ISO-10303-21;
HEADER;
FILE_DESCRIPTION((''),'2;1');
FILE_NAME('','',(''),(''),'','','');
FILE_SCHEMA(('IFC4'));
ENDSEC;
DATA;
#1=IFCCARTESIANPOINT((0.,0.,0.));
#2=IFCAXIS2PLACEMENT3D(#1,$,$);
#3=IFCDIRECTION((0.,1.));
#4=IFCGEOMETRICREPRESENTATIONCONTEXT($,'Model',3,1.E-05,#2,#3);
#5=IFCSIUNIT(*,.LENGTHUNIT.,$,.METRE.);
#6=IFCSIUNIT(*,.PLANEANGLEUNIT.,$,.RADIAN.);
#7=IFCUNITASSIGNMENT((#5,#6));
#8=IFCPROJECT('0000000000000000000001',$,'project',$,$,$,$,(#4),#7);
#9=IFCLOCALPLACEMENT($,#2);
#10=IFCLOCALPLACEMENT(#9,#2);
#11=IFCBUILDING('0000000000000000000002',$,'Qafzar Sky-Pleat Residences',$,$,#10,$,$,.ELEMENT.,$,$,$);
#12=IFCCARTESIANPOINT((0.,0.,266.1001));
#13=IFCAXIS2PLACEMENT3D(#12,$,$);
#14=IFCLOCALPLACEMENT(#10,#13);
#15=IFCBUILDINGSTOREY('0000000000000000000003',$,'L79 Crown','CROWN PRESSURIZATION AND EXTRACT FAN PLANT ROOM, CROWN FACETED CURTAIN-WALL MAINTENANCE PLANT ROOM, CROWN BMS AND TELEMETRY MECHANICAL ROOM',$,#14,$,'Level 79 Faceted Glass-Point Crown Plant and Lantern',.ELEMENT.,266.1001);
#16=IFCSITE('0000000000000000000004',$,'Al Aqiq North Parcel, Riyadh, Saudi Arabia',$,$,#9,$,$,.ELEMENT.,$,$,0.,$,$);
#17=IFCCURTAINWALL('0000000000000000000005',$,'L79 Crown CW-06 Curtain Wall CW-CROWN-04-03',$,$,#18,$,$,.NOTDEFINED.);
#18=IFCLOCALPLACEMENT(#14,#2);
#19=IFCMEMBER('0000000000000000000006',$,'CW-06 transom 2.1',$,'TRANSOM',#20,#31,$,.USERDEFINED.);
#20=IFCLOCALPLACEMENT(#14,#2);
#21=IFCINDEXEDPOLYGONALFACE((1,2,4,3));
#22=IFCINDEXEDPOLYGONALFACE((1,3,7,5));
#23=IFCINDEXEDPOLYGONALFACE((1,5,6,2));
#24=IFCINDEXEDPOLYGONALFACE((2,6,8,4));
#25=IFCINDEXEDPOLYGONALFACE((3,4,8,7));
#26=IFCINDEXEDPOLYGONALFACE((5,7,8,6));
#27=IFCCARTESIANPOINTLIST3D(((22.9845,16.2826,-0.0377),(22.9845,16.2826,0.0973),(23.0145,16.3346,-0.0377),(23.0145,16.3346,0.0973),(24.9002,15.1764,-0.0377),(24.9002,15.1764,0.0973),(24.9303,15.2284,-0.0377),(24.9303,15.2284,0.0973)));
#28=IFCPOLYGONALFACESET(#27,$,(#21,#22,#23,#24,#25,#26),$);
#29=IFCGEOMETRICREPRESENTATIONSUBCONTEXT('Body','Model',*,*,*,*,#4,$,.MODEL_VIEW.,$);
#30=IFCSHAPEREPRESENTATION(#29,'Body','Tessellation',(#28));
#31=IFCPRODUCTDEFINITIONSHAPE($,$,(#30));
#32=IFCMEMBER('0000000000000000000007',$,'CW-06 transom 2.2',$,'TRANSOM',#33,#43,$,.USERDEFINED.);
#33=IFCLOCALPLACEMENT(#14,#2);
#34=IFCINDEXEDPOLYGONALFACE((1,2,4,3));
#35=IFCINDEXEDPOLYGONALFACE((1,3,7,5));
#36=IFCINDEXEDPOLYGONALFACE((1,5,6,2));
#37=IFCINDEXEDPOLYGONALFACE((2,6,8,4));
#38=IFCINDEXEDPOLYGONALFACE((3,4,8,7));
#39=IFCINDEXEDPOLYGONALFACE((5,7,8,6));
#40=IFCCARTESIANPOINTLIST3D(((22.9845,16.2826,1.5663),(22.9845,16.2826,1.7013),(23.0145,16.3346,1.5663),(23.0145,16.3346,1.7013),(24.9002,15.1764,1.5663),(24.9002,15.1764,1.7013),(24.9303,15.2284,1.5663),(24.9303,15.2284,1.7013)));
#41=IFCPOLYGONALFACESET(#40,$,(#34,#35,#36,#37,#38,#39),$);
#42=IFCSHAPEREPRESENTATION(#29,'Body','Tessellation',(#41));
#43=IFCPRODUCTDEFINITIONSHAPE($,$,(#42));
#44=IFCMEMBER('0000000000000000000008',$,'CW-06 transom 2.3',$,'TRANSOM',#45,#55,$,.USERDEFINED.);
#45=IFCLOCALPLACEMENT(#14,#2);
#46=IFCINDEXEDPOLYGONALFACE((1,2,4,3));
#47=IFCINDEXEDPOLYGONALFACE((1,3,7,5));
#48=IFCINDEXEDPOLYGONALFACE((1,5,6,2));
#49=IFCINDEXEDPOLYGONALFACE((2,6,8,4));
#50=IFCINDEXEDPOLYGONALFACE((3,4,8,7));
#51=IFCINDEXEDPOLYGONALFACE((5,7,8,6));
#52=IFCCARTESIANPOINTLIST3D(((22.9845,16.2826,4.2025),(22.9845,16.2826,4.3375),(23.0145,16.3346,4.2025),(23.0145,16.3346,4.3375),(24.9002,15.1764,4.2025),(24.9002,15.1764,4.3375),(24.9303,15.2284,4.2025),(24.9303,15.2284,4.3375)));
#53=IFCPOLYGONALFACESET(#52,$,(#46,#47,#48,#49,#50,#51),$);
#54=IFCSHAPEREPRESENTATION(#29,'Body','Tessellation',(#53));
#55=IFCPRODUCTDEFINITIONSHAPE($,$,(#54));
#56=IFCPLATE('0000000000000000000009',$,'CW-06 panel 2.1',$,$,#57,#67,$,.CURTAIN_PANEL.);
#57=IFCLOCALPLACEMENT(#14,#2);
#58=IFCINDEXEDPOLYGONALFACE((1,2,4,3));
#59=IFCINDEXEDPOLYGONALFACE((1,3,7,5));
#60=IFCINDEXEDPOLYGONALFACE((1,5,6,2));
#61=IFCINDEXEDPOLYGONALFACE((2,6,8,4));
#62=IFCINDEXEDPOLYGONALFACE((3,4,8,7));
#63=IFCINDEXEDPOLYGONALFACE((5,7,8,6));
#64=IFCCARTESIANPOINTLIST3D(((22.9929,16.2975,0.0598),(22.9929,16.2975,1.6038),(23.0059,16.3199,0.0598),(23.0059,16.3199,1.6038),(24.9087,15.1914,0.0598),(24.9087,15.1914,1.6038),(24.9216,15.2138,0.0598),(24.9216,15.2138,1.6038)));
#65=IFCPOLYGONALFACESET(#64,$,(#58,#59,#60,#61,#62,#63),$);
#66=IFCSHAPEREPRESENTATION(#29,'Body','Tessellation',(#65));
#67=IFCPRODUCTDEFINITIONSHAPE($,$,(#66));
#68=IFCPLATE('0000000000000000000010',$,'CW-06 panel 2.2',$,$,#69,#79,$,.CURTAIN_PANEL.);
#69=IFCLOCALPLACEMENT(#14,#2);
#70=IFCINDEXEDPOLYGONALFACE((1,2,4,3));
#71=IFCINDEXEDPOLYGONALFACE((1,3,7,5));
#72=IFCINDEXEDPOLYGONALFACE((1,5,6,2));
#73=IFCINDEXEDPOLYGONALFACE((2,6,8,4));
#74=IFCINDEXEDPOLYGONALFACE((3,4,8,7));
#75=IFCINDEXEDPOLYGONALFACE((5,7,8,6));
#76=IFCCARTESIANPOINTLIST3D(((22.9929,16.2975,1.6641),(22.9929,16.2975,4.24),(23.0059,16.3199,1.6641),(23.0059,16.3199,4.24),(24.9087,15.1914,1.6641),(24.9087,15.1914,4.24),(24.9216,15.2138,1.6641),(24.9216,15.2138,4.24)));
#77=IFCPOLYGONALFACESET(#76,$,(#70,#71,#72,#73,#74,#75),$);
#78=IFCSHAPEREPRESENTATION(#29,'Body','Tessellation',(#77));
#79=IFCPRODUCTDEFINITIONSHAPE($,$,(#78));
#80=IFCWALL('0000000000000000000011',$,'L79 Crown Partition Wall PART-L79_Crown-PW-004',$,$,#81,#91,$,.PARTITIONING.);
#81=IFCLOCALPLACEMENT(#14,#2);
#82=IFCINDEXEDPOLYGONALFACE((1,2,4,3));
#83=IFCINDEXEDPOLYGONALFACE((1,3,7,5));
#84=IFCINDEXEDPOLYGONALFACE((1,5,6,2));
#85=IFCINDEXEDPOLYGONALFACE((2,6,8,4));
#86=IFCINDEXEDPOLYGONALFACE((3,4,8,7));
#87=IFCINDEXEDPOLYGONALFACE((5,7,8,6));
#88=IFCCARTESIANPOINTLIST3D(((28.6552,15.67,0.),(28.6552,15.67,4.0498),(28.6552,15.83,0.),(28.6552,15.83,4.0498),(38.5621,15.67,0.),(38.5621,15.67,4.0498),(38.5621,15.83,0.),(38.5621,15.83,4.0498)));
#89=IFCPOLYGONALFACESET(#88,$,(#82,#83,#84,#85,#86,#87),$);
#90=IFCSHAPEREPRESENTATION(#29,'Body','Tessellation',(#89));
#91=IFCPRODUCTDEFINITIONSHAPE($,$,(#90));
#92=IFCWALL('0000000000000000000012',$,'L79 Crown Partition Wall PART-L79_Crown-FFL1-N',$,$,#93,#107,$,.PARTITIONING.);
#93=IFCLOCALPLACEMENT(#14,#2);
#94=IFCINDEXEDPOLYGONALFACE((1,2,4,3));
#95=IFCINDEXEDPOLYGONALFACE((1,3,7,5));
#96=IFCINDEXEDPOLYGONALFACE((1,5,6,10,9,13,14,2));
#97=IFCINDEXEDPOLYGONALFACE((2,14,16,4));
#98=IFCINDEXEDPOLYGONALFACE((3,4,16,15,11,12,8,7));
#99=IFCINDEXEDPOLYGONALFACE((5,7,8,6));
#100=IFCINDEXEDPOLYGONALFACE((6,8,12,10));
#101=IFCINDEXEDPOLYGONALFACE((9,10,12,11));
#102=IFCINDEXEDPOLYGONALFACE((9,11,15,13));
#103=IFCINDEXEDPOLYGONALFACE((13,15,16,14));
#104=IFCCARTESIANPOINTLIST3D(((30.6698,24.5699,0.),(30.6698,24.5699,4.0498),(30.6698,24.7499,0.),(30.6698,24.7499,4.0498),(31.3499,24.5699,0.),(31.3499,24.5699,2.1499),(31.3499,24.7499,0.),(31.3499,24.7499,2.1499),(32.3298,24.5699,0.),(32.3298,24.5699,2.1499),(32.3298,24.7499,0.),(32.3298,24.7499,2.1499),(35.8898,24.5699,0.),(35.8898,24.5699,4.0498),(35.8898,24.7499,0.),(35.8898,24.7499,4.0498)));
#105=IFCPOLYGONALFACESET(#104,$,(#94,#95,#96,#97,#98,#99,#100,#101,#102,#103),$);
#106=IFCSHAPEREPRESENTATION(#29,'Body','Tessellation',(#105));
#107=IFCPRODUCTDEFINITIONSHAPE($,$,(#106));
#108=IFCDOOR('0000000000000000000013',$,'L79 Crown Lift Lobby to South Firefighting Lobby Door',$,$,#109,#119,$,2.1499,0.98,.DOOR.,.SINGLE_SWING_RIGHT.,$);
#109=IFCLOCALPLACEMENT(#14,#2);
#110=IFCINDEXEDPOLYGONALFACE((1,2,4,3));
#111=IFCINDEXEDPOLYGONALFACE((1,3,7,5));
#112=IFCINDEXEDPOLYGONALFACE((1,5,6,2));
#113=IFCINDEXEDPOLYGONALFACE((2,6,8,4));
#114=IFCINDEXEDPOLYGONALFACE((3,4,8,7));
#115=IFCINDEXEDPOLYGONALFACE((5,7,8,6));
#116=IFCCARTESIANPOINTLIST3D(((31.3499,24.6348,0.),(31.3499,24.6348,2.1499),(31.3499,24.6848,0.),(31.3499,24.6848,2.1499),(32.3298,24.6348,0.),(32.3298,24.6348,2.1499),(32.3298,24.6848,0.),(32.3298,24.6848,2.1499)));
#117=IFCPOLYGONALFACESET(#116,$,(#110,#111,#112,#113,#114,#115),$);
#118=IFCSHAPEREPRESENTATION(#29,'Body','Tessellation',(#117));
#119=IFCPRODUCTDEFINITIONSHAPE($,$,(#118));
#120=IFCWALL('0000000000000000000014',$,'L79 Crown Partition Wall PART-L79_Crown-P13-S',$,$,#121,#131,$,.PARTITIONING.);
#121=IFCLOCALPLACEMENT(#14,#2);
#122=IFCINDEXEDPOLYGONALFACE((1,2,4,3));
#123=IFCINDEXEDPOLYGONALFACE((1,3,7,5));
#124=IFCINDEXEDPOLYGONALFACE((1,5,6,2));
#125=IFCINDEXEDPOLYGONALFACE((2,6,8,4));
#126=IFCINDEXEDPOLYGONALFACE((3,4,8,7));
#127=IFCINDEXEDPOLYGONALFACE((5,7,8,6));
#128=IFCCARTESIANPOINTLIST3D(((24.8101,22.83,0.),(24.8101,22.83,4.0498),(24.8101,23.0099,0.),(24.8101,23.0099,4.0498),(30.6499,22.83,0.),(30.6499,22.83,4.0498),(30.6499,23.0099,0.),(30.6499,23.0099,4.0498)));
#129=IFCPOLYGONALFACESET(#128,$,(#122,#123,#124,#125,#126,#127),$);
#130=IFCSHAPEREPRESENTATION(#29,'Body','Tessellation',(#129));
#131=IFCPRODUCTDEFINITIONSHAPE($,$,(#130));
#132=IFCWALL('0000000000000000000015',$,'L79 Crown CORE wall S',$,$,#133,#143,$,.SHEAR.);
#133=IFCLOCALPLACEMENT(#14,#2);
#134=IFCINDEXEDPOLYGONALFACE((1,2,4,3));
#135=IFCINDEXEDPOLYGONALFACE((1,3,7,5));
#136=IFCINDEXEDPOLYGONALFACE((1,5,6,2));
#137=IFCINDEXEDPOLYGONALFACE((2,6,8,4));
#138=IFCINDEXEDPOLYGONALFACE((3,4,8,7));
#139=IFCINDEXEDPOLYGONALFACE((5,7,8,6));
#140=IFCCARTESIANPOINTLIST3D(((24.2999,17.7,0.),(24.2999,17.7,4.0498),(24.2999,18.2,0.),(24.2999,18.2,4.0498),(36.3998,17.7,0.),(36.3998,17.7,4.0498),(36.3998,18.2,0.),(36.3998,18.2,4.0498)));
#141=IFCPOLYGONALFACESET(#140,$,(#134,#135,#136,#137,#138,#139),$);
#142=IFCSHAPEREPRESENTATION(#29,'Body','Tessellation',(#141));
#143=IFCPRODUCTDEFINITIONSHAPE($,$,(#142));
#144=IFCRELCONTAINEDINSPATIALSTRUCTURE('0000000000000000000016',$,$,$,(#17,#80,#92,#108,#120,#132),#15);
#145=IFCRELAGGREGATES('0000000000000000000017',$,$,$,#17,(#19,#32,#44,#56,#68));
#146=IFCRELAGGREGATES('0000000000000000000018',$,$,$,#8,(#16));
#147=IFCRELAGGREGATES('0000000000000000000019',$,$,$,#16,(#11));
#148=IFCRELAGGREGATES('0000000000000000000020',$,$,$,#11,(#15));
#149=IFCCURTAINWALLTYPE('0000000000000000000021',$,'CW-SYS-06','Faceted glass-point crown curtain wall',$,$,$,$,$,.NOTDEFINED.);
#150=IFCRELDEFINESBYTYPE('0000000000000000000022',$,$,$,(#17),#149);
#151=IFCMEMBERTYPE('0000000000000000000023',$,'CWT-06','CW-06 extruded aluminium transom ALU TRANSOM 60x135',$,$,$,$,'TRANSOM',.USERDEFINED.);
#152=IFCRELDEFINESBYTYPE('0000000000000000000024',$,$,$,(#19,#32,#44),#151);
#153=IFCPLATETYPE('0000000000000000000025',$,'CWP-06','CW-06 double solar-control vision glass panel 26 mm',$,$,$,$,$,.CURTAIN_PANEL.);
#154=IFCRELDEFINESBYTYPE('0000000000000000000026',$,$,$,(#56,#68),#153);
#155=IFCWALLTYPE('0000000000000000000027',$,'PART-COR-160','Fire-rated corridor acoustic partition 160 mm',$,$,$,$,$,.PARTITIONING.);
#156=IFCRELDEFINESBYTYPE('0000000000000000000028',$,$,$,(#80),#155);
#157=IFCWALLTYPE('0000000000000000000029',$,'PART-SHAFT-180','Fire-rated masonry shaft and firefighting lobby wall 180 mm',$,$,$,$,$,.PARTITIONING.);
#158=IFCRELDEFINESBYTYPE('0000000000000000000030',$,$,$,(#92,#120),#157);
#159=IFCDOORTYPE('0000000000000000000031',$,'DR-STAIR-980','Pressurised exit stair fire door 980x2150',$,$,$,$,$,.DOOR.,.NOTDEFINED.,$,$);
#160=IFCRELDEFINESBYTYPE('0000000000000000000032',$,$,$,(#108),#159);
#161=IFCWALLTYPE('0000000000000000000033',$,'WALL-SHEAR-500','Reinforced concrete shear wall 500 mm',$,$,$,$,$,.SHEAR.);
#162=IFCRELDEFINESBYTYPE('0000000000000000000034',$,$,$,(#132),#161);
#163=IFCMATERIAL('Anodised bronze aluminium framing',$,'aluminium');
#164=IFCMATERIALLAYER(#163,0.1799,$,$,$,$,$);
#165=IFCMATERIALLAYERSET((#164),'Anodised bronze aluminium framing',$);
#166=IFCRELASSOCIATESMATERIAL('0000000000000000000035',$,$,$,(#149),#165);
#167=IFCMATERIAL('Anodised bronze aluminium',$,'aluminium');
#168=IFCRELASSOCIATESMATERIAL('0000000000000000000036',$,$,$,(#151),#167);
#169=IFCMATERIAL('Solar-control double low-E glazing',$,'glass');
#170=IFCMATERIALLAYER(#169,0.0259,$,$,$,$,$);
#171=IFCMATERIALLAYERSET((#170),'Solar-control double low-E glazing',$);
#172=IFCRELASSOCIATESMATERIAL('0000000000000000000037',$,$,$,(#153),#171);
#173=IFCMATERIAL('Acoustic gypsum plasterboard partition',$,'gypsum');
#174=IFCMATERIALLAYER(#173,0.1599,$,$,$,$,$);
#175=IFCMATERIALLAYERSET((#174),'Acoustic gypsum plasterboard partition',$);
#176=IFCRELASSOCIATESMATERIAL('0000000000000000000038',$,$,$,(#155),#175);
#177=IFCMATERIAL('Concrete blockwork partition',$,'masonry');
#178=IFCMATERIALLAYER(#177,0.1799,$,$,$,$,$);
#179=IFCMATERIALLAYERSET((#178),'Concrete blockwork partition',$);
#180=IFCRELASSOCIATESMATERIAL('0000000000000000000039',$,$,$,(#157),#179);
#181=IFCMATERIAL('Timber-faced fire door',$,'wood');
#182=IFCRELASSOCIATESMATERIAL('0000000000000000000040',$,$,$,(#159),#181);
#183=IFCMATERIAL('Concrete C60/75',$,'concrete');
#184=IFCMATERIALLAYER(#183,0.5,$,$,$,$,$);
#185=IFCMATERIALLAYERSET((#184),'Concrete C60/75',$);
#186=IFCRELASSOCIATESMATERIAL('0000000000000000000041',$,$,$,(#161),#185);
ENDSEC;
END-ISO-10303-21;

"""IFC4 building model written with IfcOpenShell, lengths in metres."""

from ifc_helpers import new_model, si_unit, direction, frame, frame_2d, origin, origin_2d, place, context, subcontext, project, spatial, rectangle, extrude, source, transform, mapped, material, layer, layer_set, material_profile, profile_set, type_object, element, fill, aggregate, save


model = new_model("IFC4")

# Units and contexts
model_context = context("Model", 3, precision=1e-05, world=origin(), true_north=direction((0.0, 1.0)))
body_context = subcontext(model_context, "Body", "Model", "MODEL_VIEW")
ifc_project = project(units=[si_unit("LENGTHUNIT", "METRE"), si_unit("PLANEANGLEUNIT", "RADIAN")], contexts=[model_context])

# Site, building, storey
site_placement = place(None, origin())
site = spatial("IfcSite", under=ifc_project, at=site_placement, Name="Al Aqiq North Parcel, Riyadh, Saudi Arabia", CompositionType="ELEMENT", RefElevation=0.0)
building_placement = place(site_placement, origin())
building = spatial("IfcBuilding", under=site, at=building_placement, Name="Qafzar Sky-Pleat Residences", CompositionType="ELEMENT")
storey_placement = place(building_placement, frame((0.0, 0.0, 266.1001)))
storey = spatial("IfcBuildingStorey", under=building, at=storey_placement, Name="L79 Crown", Description="CROWN PRESSURIZATION AND EXTRACT FAN PLANT ROOM, CROWN FACETED CURTAIN-WALL MAINTENANCE PLANT ROOM, CROWN BMS AND TELEMETRY MECHANICAL ROOM", LongName="Level 79 Faceted Glass-Point Crown Plant and Lantern", CompositionType="ELEMENT", Elevation=266.1001)

# Curtain wall, members, plates
ifc_material_1 = material(Name="Anodised bronze aluminium framing", Category="aluminium")
ifc_layer_1 = layer(ifc_material_1, 0.1799)
ifc_layer_set_1 = layer_set([ifc_layer_1], Name="Anodised bronze aluminium framing")
curtain_wall_type = type_object("IfcCurtainWallType", Name="CW-SYS-06", Description="Faceted glass-point crown curtain wall", PredefinedType="NOTDEFINED", material=ifc_layer_set_1)
curtain_wall_placement = place(storey_placement, origin())
curtain_wall = element("IfcCurtainWall", 1, at=curtain_wall_placement, inside=storey, type_object=curtain_wall_type, Name="L79 Crown CW-06 Curtain Wall CW-CROWN-04-03", PredefinedType="NOTDEFINED")
ifc_material_2 = material(Name="Anodised bronze aluminium", Category="aluminium")
ifc_material_profile_1 = material_profile(ifc_material_2, rectangle(XDim=0.0601, YDim=0.135, at=origin_2d()), Name="ALU TRANSOM 60x135")
ifc_profile_set_1 = profile_set([ifc_material_profile_1], Name="Anodised bronze aluminium")
member_type_1 = type_object("IfcMemberType", Name="CWT-06", Description="CW-06 extruded aluminium transom ALU TRANSOM 60x135", ElementType="TRANSOM", PredefinedType="USERDEFINED", material=ifc_profile_set_1)
shared_shape_1 = source(origin(), body_context, "Body", "SweptSolid", [
    extrude(rectangle(XDim=0.0601, YDim=0.135, at=origin_2d()), origin(), (0.0, 0.0, 1.0), 2.2122),
])
member_1_placement = place(storey_placement, frame((22.9995, 16.3086, 0.0298), z_axis=(0.866, -0.500044, 0.0), x_axis=(0.500044, 0.866, 0.0)))
member_1 = element("IfcMember", 2, at=member_1_placement, type_object=member_type_1, Name="CW-06 transom 2.1", ObjectType="TRANSOM", PredefinedType="USERDEFINED", context=body_context, shape_type="MappedRepresentation", body=[
    mapped(shared_shape_1, transform((0.0, 0.0, 0.0), x_axis=(1.0, 0.0, 0.0), y_axis=(0.0, 1.0, 0.0), z_axis=(0.0, 0.0, 1.0), scale=1.0)),
])
member_2_placement = place(storey_placement, frame((22.9995, 16.3086, 1.6338), z_axis=(0.866, -0.500044, 0.0), x_axis=(0.500044, 0.866, 0.0)))
member_2 = element("IfcMember", 3, at=member_2_placement, type_object=member_type_1, Name="CW-06 transom 2.2", ObjectType="TRANSOM", PredefinedType="USERDEFINED", context=body_context, shape_type="MappedRepresentation", body=[
    mapped(shared_shape_1, transform((0.0, 0.0, 0.0), x_axis=(1.0, 0.0, 0.0), y_axis=(0.0, 1.0, 0.0), z_axis=(0.0, 0.0, 1.0), scale=1.0)),
])
member_3_placement = place(storey_placement, frame((22.9995, 16.3086, 4.27), z_axis=(0.866, -0.500044, 0.0), x_axis=(0.500044, 0.866, 0.0)))
member_3 = element("IfcMember", 4, at=member_3_placement, type_object=member_type_1, Name="CW-06 transom 2.3", ObjectType="TRANSOM", PredefinedType="USERDEFINED", context=body_context, shape_type="MappedRepresentation", body=[
    mapped(shared_shape_1, transform((0.0, 0.0, 0.0), x_axis=(1.0, 0.0, 0.0), y_axis=(0.0, 1.0, 0.0), z_axis=(0.0, 0.0, 1.0), scale=1.0)),
])
ifc_material_3 = material(Name="Solar-control double low-E glazing", Category="glass")
ifc_layer_2 = layer(ifc_material_3, 0.0259)
ifc_layer_set_2 = layer_set([ifc_layer_2], Name="Solar-control double low-E glazing")
plate_type = type_object("IfcPlateType", Name="CWP-06", Description="CW-06 double solar-control vision glass panel 26 mm", PredefinedType="CURTAIN_PANEL", material=ifc_layer_set_2)
shared_shape_2 = source(origin(), body_context, "Body", "SweptSolid", [
    extrude(rectangle(XDim=2.2122, YDim=0.0259, at=origin_2d()), origin(), (0.0, 0.0, 1.0), 1.5439),
])
plate_1_placement = place(storey_placement, frame((23.9573, 15.7556, 0.0598), z_axis=(0.0, 0.0, 1.0), x_axis=(0.866024, -0.500003, 0.0)))
plate_1 = element("IfcPlate", 5, at=plate_1_placement, type_object=plate_type, Name="CW-06 panel 2.1", PredefinedType="CURTAIN_PANEL", context=body_context, shape_type="MappedRepresentation", body=[
    mapped(shared_shape_2, transform((0.0, 0.0, 0.0), x_axis=(1.0, 0.0, 0.0), y_axis=(0.0, 1.0, 0.0), z_axis=(0.0, 0.0, 1.0), scale=1.0)),
])
shared_shape_3 = source(origin(), body_context, "Body", "SweptSolid", [
    extrude(rectangle(XDim=2.2122, YDim=0.0259, at=origin_2d()), origin(), (0.0, 0.0, 1.0), 2.5759),
])
plate_2_placement = place(storey_placement, frame((23.9573, 15.7556, 1.6641), z_axis=(0.0, 0.0, 1.0), x_axis=(0.866024, -0.500003, 0.0)))
plate_2 = element("IfcPlate", 6, at=plate_2_placement, type_object=plate_type, Name="CW-06 panel 2.2", PredefinedType="CURTAIN_PANEL", context=body_context, shape_type="MappedRepresentation", body=[
    mapped(shared_shape_3, transform((0.0, 0.0, 0.0), x_axis=(1.0, 0.0, 0.0), y_axis=(0.0, 1.0, 0.0), z_axis=(0.0, 0.0, 1.0), scale=1.0)),
])
aggregate(curtain_wall, [member_1, member_2, member_3, plate_1, plate_2])

# Shared definitions
ifc_material_4 = material(Name="Acoustic gypsum plasterboard partition", Category="gypsum")
ifc_layer_3 = layer(ifc_material_4, 0.1599)
ifc_layer_set_3 = layer_set([ifc_layer_3], Name="Acoustic gypsum plasterboard partition")
wall_type_1 = type_object("IfcWallType", Name="PART-COR-160", Description="Fire-rated corridor acoustic partition 160 mm", PredefinedType="PARTITIONING", material=ifc_layer_set_3)
ifc_material_5 = material(Name="Timber-faced fire door", Category="wood")

# Wall
wall_1_placement = place(storey_placement, frame((28.655, 15.75, 0.0), z_axis=(0.0, 0.0, 1.0), x_axis=(1.0, 0.0, 0.0)))
element("IfcWall", 7, at=wall_1_placement, inside=storey, type_object=wall_type_1, Name="L79 Crown Partition Wall PART-L79_Crown-PW-004", PredefinedType="PARTITIONING", context=body_context, shape_type="SweptSolid", body=[
    extrude(rectangle(XDim=9.907, YDim=0.1599, at=frame_2d((4.9536, 0.0))), origin(), (0.0, 0.0, 1.0), 4.0498),
])

# Wall, opening, door
ifc_material_6 = material(Name="Concrete blockwork partition", Category="masonry")
ifc_layer_4 = layer(ifc_material_6, 0.1799)
ifc_layer_set_4 = layer_set([ifc_layer_4], Name="Concrete blockwork partition")
wall_type_2 = type_object("IfcWallType", Name="PART-SHAFT-180", Description="Fire-rated masonry shaft and firefighting lobby wall 180 mm", PredefinedType="PARTITIONING", material=ifc_layer_set_4)
wall_2_placement = place(storey_placement, frame((30.6699, 24.6599, 0.0), z_axis=(0.0, 0.0, 1.0), x_axis=(1.0, 0.0, 0.0)))
wall_2 = element("IfcWall", 8, at=wall_2_placement, inside=storey, type_object=wall_type_2, Name="L79 Crown Partition Wall PART-L79_Crown-FFL1-N", PredefinedType="PARTITIONING", context=body_context, shape_type="SweptSolid", body=[
    extrude(rectangle(XDim=5.22, YDim=0.1799, at=frame_2d((2.6099, 0.0))), origin(), (0.0, 0.0, 1.0), 4.0498),
])
opening_1_placement = place(wall_2_placement, frame((0.6799, 0.0, 0.0)))
opening_1 = element("IfcOpeningElement", 9, at=opening_1_placement, cuts=wall_2, PredefinedType="OPENING", context=body_context, shape_type="SweptSolid", body=[
    extrude(rectangle(XDim=0.98, YDim=2.1499, at=frame_2d((0.49, 1.075))), frame((0.0, 0.1001, 0.0), z_axis=(0.0, -1.0, 0.0), x_axis=(1.0, 0.0, 0.0)), (0.0, 0.0, 1.0), 0.2),
])
door_type_1 = type_object("IfcDoorType", Name="DR-STAIR-980", Description="Pressurised exit stair fire door 980x2150", OperationType="NOTDEFINED", PredefinedType="DOOR", material=ifc_material_5)
shared_shape_4 = source(origin(), body_context, "Body", "SweptSolid", [
    extrude(rectangle(XDim=0.98, YDim=2.1499, at=frame_2d((0.49, 1.075))), frame((0.0, 0.0249, 0.0), z_axis=(0.0, -1.0, 0.0), x_axis=(1.0, 0.0, 0.0)), (0.0, 0.0, 1.0), 0.05),
])
door_1_placement = place(opening_1_placement, origin())
door_1 = element("IfcDoor", 10, at=door_1_placement, inside=storey, type_object=door_type_1, Name="L79 Crown Lift Lobby to South Firefighting Lobby Door", OperationType="SINGLE_SWING_RIGHT", OverallHeight=2.1499, OverallWidth=0.98, PredefinedType="DOOR", context=body_context, shape_type="MappedRepresentation", body=[
    mapped(shared_shape_4, transform((0.0, 0.0, 0.0), x_axis=(1.0, 0.0, 0.0), y_axis=(0.0, 1.0, 0.0), z_axis=(0.0, 0.0, 1.0), scale=1.0)),
])
fill(opening_1, door_1)

# Wall
wall_3_placement = place(storey_placement, frame((24.8101, 22.9199, 0.0), z_axis=(0.0, 0.0, 1.0), x_axis=(1.0, 0.0, 0.0)))
element("IfcWall", 11, at=wall_3_placement, inside=storey, type_object=wall_type_2, Name="L79 Crown Partition Wall PART-L79_Crown-P13-S", PredefinedType="PARTITIONING", context=body_context, shape_type="SweptSolid", body=[
    extrude(rectangle(XDim=5.8398, YDim=0.1799, at=frame_2d((2.9199, 0.0))), origin(), (0.0, 0.0, 1.0), 4.0498),
])

# Shared definitions
ifc_material_7 = material(Name="Concrete C60/75", Category="concrete")

# Wall
ifc_layer_5 = layer(ifc_material_7, 0.5)
ifc_layer_set_5 = layer_set([ifc_layer_5], Name="Concrete C60/75")
wall_type_3 = type_object("IfcWallType", Name="WALL-SHEAR-500", Description="Reinforced concrete shear wall 500 mm", PredefinedType="SHEAR", material=ifc_layer_set_5)
wall_4_placement = place(storey_placement, frame((24.3, 17.95, 0.0), z_axis=(0.0, 0.0, 1.0), x_axis=(1.0, 0.0, 0.0)))
element("IfcWall", 12, at=wall_4_placement, inside=storey, type_object=wall_type_3, Name="L79 Crown CORE wall S", PredefinedType="SHEAR", context=body_context, shape_type="SweptSolid", body=[
    extrude(rectangle(XDim=12.0999, YDim=0.5, at=frame_2d((6.0498, 0.0))), origin(), (0.0, 0.0, 1.0), 4.0498),
])

save(model, "model.ifc")
